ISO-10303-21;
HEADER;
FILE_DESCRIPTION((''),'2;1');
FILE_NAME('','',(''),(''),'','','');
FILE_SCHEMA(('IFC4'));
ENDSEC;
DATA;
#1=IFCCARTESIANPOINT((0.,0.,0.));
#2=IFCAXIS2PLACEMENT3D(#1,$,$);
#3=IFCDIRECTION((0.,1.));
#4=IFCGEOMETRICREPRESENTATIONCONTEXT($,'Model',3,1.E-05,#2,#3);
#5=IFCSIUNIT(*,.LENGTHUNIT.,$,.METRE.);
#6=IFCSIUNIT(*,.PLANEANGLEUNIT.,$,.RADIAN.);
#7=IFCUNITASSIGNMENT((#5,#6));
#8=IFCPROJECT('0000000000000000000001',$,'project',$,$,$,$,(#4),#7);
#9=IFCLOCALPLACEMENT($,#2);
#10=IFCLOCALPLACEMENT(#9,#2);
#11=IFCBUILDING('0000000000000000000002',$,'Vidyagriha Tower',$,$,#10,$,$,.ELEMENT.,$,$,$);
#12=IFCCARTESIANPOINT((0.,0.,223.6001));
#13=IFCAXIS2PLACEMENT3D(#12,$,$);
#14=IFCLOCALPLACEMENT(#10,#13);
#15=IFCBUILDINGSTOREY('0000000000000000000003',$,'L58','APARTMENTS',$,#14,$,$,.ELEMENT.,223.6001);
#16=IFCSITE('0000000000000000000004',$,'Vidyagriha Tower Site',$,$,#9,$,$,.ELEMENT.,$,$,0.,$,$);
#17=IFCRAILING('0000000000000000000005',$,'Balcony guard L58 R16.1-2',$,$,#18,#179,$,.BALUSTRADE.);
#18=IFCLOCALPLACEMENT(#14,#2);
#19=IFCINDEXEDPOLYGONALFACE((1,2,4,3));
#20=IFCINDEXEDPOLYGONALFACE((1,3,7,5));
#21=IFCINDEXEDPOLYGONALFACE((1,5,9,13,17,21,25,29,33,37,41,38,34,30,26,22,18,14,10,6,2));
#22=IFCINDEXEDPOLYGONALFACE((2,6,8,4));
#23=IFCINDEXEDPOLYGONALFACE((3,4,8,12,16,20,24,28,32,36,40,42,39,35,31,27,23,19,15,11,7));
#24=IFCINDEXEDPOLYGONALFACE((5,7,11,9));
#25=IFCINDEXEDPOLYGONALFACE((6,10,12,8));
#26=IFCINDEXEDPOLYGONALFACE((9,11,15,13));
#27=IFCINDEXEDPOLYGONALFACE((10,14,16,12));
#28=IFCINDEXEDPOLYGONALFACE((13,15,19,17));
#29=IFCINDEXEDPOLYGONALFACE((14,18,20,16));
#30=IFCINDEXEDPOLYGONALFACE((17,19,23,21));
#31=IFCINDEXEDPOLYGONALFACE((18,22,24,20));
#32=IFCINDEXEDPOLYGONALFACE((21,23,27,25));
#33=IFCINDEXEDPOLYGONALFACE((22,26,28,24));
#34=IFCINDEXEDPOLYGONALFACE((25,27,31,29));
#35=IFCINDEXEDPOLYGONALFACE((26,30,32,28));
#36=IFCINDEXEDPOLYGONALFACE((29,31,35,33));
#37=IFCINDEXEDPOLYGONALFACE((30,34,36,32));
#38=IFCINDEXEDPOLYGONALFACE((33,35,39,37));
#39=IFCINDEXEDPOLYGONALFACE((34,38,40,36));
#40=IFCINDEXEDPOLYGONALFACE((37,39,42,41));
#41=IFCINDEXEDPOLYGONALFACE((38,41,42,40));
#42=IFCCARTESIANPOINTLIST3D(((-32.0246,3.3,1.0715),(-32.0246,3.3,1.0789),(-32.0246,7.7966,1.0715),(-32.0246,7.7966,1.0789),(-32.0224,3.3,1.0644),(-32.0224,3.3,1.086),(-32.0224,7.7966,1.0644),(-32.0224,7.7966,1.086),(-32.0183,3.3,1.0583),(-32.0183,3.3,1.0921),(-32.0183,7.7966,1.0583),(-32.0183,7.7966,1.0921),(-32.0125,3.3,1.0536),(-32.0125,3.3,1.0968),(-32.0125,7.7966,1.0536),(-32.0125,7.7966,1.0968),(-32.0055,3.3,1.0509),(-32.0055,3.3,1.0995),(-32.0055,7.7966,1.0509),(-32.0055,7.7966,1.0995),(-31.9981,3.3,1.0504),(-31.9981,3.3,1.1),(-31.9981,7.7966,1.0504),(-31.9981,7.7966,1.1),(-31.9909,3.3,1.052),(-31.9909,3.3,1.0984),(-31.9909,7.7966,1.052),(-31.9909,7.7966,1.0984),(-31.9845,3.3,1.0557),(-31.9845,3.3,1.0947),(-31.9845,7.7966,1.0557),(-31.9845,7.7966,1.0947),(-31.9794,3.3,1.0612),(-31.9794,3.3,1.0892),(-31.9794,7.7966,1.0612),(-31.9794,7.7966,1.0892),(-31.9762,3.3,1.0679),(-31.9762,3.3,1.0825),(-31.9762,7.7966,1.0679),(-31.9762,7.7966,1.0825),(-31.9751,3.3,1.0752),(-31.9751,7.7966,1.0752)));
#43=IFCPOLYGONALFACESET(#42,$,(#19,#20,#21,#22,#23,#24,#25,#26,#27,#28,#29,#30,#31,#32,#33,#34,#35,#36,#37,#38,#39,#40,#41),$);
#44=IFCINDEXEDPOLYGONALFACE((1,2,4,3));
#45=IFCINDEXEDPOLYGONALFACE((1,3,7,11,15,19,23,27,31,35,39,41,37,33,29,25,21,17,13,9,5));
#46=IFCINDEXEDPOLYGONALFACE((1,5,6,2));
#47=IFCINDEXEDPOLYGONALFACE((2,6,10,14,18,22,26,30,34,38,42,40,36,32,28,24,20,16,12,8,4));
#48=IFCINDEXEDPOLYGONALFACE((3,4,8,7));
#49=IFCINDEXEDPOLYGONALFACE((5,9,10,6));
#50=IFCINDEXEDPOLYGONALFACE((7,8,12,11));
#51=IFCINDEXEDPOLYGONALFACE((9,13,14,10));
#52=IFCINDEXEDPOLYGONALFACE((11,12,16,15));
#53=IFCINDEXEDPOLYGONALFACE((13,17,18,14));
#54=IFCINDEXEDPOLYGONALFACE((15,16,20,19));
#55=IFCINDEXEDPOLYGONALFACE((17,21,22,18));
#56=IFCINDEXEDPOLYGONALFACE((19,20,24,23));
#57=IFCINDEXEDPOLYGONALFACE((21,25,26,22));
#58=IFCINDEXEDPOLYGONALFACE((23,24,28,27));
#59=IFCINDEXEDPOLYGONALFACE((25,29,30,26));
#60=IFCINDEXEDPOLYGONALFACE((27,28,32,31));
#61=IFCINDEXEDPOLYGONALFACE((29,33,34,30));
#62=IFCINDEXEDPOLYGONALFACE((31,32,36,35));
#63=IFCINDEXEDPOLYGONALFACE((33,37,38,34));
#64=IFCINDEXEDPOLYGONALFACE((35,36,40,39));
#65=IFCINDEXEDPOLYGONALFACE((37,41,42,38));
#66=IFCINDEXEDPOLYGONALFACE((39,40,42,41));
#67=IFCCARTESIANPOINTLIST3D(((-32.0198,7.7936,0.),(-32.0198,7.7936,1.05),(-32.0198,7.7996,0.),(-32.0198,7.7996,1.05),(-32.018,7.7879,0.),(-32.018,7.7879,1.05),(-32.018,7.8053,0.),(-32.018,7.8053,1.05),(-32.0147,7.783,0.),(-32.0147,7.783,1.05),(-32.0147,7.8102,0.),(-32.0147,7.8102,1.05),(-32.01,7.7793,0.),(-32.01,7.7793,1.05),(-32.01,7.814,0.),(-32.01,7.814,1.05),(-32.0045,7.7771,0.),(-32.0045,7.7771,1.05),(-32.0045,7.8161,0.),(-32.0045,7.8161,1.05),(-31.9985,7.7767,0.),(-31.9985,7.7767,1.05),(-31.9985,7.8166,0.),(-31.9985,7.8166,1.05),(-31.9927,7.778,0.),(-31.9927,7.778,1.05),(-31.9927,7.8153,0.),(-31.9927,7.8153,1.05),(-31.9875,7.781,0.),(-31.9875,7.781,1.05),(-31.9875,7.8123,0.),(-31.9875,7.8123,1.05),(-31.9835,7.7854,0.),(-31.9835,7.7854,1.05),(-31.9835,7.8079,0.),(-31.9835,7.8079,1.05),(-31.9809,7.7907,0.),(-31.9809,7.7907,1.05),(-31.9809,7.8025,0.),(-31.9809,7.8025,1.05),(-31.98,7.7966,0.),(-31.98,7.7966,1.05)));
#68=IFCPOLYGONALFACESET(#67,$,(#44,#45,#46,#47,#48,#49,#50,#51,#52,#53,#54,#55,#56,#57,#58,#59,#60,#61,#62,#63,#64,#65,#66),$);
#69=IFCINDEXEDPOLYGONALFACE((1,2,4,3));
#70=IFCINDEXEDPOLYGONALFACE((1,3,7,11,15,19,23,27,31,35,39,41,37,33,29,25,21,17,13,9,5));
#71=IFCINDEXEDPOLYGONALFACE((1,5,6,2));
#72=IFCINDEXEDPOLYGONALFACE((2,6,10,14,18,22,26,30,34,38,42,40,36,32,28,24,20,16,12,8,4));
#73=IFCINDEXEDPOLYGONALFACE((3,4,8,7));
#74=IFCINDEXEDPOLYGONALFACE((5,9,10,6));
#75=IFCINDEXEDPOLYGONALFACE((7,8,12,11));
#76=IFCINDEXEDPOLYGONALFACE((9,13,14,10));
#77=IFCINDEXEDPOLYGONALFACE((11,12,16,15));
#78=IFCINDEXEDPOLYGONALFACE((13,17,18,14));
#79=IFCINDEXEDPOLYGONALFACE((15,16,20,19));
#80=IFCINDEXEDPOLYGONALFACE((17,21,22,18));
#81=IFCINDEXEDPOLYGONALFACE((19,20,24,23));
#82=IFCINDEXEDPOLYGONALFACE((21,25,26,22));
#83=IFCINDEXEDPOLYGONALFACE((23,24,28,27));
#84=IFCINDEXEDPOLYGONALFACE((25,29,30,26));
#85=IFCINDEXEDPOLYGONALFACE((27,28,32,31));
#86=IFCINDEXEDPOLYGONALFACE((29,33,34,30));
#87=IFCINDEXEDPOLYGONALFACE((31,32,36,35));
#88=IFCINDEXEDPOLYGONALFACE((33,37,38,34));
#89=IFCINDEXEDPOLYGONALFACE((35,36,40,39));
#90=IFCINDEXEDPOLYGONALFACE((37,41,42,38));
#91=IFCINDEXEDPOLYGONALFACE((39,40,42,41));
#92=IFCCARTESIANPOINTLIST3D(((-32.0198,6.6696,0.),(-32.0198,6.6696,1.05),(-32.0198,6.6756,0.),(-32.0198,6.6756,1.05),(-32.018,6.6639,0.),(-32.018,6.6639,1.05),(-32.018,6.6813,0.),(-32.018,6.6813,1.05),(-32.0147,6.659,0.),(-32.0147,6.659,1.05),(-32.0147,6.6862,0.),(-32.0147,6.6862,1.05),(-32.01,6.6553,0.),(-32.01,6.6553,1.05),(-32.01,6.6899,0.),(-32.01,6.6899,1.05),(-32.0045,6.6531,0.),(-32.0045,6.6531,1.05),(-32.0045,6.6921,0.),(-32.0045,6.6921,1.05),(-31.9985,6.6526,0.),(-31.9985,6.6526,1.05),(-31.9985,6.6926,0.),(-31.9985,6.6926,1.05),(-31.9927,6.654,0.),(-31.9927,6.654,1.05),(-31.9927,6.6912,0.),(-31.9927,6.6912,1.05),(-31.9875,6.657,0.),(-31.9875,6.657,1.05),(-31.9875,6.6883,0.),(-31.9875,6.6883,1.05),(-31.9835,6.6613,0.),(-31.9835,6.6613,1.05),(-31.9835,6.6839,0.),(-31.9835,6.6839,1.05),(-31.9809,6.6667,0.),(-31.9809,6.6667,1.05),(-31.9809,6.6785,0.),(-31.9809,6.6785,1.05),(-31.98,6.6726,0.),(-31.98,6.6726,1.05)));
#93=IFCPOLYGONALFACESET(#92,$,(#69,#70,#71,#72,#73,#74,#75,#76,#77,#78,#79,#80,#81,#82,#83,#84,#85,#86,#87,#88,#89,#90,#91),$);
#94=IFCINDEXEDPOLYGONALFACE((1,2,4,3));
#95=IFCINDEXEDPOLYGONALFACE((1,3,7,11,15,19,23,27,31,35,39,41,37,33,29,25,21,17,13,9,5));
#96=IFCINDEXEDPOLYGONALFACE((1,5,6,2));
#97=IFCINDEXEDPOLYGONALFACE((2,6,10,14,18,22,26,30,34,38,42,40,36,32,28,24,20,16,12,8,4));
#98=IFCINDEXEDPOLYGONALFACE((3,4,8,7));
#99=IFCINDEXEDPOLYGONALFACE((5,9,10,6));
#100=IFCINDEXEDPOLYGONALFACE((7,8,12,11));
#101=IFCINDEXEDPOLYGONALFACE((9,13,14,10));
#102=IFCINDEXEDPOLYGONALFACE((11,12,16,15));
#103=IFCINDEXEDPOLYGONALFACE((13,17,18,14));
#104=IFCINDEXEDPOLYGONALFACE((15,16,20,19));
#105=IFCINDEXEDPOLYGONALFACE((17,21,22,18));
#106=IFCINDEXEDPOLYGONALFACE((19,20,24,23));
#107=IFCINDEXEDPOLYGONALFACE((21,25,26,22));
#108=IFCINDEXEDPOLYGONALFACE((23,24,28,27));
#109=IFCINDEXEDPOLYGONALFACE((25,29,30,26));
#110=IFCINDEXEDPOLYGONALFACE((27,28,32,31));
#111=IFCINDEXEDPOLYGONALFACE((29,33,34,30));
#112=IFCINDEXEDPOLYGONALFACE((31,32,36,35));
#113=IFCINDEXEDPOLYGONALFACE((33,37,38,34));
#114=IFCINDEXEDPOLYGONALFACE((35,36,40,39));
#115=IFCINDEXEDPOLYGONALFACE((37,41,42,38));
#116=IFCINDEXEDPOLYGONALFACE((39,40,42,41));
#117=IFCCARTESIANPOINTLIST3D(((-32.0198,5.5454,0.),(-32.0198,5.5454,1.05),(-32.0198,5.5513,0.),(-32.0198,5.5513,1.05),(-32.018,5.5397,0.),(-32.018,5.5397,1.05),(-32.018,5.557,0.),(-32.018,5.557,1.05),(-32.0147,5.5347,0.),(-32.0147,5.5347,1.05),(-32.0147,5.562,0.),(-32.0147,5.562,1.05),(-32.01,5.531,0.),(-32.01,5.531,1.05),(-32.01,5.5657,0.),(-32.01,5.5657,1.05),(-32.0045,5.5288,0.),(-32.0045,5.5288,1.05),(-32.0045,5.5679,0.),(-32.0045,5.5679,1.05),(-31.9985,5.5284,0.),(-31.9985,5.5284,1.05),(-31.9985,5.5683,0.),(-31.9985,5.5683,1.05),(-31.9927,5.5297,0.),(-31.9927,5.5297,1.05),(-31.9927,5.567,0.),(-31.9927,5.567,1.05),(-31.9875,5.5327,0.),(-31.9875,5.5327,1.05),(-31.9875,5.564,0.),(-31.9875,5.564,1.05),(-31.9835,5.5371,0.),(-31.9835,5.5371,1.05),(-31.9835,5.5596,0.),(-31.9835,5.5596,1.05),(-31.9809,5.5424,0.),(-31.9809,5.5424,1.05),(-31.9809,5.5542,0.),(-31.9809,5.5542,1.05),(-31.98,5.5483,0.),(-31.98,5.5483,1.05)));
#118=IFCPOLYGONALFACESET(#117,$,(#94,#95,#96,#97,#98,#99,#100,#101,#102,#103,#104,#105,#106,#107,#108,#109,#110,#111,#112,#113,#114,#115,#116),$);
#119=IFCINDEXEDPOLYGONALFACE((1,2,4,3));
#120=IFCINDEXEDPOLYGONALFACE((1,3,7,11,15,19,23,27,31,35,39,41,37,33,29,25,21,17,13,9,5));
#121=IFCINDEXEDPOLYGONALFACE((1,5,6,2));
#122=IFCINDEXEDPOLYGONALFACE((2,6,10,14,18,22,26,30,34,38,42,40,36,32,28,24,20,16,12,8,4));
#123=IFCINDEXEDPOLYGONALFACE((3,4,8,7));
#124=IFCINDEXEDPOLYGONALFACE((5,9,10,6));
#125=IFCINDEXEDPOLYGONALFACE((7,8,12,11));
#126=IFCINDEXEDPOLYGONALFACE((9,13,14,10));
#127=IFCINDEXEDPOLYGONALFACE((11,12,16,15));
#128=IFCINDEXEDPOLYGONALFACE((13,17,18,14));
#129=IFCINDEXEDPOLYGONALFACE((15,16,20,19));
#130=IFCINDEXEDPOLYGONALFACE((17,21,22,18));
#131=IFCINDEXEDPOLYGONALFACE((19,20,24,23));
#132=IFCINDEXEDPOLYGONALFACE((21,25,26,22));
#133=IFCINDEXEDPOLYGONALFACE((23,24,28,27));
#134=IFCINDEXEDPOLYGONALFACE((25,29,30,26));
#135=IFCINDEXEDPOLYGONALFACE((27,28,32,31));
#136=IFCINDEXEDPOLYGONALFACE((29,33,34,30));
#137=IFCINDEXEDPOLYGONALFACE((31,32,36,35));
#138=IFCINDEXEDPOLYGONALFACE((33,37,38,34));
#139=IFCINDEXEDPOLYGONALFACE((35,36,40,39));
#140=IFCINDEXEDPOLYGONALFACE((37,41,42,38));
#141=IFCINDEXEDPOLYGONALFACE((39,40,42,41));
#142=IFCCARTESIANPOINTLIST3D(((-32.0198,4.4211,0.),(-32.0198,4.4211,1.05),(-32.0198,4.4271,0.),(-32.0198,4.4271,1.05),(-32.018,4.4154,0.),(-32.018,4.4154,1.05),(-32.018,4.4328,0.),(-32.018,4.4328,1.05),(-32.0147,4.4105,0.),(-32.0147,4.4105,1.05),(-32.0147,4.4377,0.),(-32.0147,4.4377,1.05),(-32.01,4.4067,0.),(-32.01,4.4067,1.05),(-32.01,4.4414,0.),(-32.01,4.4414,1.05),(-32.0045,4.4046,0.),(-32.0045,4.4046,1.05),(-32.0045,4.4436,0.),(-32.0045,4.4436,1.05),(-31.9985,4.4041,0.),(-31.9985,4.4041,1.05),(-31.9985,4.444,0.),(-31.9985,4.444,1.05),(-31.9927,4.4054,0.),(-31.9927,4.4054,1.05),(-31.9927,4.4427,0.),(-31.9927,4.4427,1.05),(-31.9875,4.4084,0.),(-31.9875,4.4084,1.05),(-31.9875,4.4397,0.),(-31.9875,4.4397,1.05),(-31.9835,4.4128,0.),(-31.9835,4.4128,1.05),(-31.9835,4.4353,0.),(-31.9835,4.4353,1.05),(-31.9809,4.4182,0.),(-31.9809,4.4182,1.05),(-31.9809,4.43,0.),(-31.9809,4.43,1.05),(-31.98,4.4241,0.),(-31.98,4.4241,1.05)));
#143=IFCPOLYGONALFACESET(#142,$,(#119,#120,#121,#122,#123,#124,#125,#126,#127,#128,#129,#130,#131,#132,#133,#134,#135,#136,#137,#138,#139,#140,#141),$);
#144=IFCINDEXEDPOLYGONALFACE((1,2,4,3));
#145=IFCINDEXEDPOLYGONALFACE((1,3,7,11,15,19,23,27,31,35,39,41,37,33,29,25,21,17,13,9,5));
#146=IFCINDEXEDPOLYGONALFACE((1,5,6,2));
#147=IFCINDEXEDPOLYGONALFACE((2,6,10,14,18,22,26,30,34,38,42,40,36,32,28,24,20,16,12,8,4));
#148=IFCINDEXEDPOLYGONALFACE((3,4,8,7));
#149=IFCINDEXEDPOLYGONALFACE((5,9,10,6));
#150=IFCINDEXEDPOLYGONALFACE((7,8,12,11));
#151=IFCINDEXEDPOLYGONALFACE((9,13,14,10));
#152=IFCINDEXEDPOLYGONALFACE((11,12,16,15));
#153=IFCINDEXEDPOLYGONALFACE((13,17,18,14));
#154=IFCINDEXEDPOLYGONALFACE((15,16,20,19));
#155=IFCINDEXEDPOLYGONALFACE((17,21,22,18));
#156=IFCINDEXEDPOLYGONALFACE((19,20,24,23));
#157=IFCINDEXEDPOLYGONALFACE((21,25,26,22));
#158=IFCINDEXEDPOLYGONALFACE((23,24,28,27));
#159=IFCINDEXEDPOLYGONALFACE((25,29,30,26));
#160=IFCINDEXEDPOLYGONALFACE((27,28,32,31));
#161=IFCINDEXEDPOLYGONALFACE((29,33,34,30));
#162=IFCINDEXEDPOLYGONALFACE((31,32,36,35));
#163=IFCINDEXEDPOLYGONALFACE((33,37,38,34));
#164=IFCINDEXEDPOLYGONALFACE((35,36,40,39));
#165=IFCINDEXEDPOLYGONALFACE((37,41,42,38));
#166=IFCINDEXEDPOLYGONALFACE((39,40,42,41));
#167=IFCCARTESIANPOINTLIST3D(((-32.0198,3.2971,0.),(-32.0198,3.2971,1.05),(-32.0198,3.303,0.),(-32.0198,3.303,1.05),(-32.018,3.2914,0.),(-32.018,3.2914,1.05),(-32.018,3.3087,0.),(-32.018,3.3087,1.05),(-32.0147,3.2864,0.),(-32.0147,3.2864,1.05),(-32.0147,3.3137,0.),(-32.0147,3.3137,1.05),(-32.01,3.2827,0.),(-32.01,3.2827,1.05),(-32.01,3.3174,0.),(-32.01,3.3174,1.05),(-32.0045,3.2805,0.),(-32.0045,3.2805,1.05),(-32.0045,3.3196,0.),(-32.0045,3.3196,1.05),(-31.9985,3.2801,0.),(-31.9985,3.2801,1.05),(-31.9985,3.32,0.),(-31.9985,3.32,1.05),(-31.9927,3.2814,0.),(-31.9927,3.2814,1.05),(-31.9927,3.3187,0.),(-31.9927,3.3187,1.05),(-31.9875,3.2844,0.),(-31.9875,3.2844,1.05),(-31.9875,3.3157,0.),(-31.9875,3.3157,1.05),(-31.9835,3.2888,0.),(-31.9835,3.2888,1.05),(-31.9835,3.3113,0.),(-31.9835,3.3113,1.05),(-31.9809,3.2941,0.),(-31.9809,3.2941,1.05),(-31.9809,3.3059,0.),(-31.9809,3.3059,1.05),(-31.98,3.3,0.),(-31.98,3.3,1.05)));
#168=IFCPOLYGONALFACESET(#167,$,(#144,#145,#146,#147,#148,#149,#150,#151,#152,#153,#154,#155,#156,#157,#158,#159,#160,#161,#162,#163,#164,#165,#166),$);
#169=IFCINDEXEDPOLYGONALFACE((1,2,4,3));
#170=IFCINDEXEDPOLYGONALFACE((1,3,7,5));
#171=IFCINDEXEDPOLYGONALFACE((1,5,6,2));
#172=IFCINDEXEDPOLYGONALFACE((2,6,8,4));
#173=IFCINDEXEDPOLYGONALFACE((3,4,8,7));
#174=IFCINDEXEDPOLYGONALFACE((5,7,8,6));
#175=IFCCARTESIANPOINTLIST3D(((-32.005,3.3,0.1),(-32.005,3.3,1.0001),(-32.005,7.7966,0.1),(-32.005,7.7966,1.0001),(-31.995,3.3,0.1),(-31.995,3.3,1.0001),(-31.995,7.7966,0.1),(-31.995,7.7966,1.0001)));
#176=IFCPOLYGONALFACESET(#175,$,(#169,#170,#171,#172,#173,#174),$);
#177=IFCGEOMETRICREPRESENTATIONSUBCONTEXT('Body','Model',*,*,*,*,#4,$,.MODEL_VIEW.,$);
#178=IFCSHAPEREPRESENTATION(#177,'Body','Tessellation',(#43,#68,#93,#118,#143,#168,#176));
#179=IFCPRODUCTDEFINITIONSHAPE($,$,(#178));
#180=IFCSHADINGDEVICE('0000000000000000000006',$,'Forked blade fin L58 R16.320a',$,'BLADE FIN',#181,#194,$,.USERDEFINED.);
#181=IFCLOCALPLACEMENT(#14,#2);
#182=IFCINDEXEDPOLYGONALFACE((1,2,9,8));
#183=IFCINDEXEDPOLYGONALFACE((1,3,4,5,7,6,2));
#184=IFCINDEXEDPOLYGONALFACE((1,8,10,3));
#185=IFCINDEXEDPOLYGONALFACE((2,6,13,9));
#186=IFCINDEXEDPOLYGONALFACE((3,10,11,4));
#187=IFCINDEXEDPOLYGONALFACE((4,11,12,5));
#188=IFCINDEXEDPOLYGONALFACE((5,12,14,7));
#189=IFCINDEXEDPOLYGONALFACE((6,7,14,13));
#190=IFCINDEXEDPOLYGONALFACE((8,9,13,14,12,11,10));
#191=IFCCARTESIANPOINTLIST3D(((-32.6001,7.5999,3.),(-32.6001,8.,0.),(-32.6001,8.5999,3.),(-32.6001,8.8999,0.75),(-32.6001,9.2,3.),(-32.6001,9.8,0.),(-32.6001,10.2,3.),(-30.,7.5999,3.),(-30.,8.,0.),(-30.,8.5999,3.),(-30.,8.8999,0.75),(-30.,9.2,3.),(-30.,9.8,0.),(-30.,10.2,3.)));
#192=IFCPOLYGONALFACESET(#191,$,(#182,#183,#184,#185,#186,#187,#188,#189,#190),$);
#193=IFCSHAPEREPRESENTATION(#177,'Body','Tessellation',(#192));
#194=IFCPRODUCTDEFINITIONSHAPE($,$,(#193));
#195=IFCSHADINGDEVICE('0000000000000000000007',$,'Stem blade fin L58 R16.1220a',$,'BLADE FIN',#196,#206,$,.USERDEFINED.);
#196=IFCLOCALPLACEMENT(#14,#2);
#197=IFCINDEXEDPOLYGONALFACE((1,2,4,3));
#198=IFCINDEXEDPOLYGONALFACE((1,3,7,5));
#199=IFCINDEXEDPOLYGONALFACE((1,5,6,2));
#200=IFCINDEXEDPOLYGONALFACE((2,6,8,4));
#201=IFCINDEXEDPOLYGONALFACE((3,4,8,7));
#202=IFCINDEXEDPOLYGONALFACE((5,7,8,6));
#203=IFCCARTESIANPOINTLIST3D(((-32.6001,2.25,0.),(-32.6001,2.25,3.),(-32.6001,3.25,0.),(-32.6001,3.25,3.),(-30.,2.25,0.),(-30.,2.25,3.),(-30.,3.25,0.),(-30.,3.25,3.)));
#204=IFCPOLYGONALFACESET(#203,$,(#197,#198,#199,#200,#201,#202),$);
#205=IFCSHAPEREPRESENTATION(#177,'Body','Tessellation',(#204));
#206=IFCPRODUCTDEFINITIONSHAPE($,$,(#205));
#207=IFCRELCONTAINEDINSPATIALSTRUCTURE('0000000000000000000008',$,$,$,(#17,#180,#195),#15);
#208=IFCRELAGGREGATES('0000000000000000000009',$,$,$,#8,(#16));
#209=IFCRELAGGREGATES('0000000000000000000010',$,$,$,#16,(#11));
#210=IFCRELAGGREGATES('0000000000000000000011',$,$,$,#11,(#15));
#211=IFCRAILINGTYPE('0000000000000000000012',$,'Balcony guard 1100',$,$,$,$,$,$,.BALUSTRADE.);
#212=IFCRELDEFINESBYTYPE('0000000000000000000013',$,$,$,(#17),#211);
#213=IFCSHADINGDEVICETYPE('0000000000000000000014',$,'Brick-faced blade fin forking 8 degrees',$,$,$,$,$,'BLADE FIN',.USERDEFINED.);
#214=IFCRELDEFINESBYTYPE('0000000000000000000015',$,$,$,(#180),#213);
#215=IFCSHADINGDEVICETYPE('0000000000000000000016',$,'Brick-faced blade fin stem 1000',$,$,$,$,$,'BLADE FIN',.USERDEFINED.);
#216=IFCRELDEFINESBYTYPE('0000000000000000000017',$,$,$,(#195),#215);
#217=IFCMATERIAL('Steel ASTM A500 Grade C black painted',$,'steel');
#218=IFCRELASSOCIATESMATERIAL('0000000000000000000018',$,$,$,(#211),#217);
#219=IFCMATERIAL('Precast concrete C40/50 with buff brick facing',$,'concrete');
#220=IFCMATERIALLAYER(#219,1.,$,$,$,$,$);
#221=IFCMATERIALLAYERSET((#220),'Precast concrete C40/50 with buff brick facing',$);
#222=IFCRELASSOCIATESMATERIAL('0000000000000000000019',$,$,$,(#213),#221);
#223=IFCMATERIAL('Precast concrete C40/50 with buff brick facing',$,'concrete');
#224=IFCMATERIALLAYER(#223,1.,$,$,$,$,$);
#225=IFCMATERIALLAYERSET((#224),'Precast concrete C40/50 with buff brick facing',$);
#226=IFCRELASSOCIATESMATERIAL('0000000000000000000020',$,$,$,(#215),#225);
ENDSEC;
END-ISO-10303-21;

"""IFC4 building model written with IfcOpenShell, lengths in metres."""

from ifc_helpers import new_model, si_unit, direction, frame, origin, origin_2d, place, context, subcontext, project, spatial, polyline, rectangle, circle, outline, extrude, material, layer, layer_set, type_object, element, save


model = new_model("IFC4")

# Units and contexts
model_context = context("Model", 3, precision=1e-05, world=origin(), true_north=direction((0.0, 1.0)))
body_context = subcontext(model_context, "Body", "Model", "MODEL_VIEW")
ifc_project = project(units=[si_unit("LENGTHUNIT", "METRE"), si_unit("PLANEANGLEUNIT", "RADIAN")], contexts=[model_context])

# Site, building, storey
site_placement = place(None, origin())
site = spatial("IfcSite", under=ifc_project, at=site_placement, Name="Vidyagriha Tower Site", CompositionType="ELEMENT", RefElevation=0.0)
building_placement = place(site_placement, origin())
building = spatial("IfcBuilding", under=site, at=building_placement, Name="Vidyagriha Tower", CompositionType="ELEMENT")
storey_placement = place(building_placement, frame((0.0, 0.0, 223.6001)))
storey = spatial("IfcBuildingStorey", under=building, at=storey_placement, Name="L58", Description="APARTMENTS", CompositionType="ELEMENT", Elevation=223.6001)

# Railing
ifc_material_1 = material(Name="Steel ASTM A500 Grade C black painted", Category="steel")
railing_type_1 = type_object("IfcRailingType", Name="Balcony guard 1100", PredefinedType="BALUSTRADE", material=ifc_material_1)
railing_1_placement = place(storey_placement, frame((-32.0, 7.7966, 0.0)))
element("IfcRailing", 1, at=railing_1_placement, inside=storey, type_object=railing_type_1, Name="Balcony guard L58 R16.1-2", PredefinedType="BALUSTRADE", context=body_context, shape_type="SweptSolid", body=[
    extrude(circle(Radius=0.0249, at=origin_2d()), frame((0.0, 0.0, 1.0752), z_axis=(0.0, -1.0, 0.0), x_axis=(1.0, 0.0, 0.0)), (0.0, 0.0, 1.0), 4.4966),
    extrude(circle(Radius=0.02, at=origin_2d()), origin(), (0.0, 0.0, 1.0), 1.05),
    extrude(circle(Radius=0.02, at=origin_2d()), frame((0.0, -1.124, 0.0)), (0.0, 0.0, 1.0), 1.05),
    extrude(circle(Radius=0.02, at=origin_2d()), frame((0.0, -2.2483, 0.0)), (0.0, 0.0, 1.0), 1.05),
    extrude(circle(Radius=0.02, at=origin_2d()), frame((0.0, -3.3726, 0.0)), (0.0, 0.0, 1.0), 1.05),
    extrude(circle(Radius=0.02, at=origin_2d()), frame((0.0, -4.4966, 0.0)), (0.0, 0.0, 1.0), 1.05),
    extrude(rectangle(XDim=0.01, YDim=0.9001, at=origin_2d()), frame((0.0, 0.0, 0.55), z_axis=(0.0, -1.0, 0.0), x_axis=(1.0, 0.0, 0.0)), (0.0, 0.0, 1.0), 4.4966),
])

# Shading devices
ifc_material_2 = material(Name="Precast concrete C40/50 with buff brick facing", Category="concrete")
ifc_layer_1 = layer(ifc_material_2, 1.0)
ifc_layer_set_1 = layer_set([ifc_layer_1], Name="Precast concrete C40/50 with buff brick facing")
shading_device_type_1 = type_object("IfcShadingDeviceType", Name="Brick-faced blade fin forking 8 degrees", ElementType="BLADE FIN", PredefinedType="USERDEFINED", material=ifc_layer_set_1)
shading_device_1_placement = place(storey_placement, frame((-31.3, 10.2, 0.0), z_axis=(0.0, 0.0, 1.0), x_axis=(0.0, -1.0, 0.0)))
element("IfcShadingDevice", 2, at=shading_device_1_placement, inside=storey, type_object=shading_device_type_1, Name="Forked blade fin L58 R16.320a", ObjectType="BLADE FIN", PredefinedType="USERDEFINED", context=body_context, shape_type="SweptSolid", body=[
    extrude(outline(polyline([(0.3999, 0.0), (2.2, 0.0), (2.6001, 3.0), (1.6001, 3.0), (1.3, 0.75), (1.0, 3.0), (0.0, 3.0), (0.3999, 0.0)])), frame((0.0, 1.3, 0.0), z_axis=(0.0, -1.0, 0.0), x_axis=(1.0, 0.0, 0.0)), (0.0, 0.0, 1.0), 2.6001),
])
ifc_material_3 = material(Name="Precast concrete C40/50 with buff brick facing", Category="concrete")
ifc_layer_2 = layer(ifc_material_3, 1.0)
ifc_layer_set_2 = layer_set([ifc_layer_2], Name="Precast concrete C40/50 with buff brick facing")
shading_device_type_2 = type_object("IfcShadingDeviceType", Name="Brick-faced blade fin stem 1000", ElementType="BLADE FIN", PredefinedType="USERDEFINED", material=ifc_layer_set_2)
shading_device_2_placement = place(storey_placement, frame((-31.3, 3.25, 0.0), z_axis=(0.0, 0.0, 1.0), x_axis=(0.0, -1.0, 0.0)))
element("IfcShadingDevice", 3, at=shading_device_2_placement, inside=storey, type_object=shading_device_type_2, Name="Stem blade fin L58 R16.1220a", ObjectType="BLADE FIN", PredefinedType="USERDEFINED", context=body_context, shape_type="SweptSolid", body=[
    extrude(outline(polyline([(0.0, 0.0), (1.0, 0.0), (1.0, 3.0), (0.0, 3.0), (0.0, 0.0)])), frame((0.0, 1.3, 0.0), z_axis=(0.0, -1.0, 0.0), x_axis=(1.0, 0.0, 0.0)), (0.0, 0.0, 1.0), 2.6001),
])

save(model, "model.ifc")
